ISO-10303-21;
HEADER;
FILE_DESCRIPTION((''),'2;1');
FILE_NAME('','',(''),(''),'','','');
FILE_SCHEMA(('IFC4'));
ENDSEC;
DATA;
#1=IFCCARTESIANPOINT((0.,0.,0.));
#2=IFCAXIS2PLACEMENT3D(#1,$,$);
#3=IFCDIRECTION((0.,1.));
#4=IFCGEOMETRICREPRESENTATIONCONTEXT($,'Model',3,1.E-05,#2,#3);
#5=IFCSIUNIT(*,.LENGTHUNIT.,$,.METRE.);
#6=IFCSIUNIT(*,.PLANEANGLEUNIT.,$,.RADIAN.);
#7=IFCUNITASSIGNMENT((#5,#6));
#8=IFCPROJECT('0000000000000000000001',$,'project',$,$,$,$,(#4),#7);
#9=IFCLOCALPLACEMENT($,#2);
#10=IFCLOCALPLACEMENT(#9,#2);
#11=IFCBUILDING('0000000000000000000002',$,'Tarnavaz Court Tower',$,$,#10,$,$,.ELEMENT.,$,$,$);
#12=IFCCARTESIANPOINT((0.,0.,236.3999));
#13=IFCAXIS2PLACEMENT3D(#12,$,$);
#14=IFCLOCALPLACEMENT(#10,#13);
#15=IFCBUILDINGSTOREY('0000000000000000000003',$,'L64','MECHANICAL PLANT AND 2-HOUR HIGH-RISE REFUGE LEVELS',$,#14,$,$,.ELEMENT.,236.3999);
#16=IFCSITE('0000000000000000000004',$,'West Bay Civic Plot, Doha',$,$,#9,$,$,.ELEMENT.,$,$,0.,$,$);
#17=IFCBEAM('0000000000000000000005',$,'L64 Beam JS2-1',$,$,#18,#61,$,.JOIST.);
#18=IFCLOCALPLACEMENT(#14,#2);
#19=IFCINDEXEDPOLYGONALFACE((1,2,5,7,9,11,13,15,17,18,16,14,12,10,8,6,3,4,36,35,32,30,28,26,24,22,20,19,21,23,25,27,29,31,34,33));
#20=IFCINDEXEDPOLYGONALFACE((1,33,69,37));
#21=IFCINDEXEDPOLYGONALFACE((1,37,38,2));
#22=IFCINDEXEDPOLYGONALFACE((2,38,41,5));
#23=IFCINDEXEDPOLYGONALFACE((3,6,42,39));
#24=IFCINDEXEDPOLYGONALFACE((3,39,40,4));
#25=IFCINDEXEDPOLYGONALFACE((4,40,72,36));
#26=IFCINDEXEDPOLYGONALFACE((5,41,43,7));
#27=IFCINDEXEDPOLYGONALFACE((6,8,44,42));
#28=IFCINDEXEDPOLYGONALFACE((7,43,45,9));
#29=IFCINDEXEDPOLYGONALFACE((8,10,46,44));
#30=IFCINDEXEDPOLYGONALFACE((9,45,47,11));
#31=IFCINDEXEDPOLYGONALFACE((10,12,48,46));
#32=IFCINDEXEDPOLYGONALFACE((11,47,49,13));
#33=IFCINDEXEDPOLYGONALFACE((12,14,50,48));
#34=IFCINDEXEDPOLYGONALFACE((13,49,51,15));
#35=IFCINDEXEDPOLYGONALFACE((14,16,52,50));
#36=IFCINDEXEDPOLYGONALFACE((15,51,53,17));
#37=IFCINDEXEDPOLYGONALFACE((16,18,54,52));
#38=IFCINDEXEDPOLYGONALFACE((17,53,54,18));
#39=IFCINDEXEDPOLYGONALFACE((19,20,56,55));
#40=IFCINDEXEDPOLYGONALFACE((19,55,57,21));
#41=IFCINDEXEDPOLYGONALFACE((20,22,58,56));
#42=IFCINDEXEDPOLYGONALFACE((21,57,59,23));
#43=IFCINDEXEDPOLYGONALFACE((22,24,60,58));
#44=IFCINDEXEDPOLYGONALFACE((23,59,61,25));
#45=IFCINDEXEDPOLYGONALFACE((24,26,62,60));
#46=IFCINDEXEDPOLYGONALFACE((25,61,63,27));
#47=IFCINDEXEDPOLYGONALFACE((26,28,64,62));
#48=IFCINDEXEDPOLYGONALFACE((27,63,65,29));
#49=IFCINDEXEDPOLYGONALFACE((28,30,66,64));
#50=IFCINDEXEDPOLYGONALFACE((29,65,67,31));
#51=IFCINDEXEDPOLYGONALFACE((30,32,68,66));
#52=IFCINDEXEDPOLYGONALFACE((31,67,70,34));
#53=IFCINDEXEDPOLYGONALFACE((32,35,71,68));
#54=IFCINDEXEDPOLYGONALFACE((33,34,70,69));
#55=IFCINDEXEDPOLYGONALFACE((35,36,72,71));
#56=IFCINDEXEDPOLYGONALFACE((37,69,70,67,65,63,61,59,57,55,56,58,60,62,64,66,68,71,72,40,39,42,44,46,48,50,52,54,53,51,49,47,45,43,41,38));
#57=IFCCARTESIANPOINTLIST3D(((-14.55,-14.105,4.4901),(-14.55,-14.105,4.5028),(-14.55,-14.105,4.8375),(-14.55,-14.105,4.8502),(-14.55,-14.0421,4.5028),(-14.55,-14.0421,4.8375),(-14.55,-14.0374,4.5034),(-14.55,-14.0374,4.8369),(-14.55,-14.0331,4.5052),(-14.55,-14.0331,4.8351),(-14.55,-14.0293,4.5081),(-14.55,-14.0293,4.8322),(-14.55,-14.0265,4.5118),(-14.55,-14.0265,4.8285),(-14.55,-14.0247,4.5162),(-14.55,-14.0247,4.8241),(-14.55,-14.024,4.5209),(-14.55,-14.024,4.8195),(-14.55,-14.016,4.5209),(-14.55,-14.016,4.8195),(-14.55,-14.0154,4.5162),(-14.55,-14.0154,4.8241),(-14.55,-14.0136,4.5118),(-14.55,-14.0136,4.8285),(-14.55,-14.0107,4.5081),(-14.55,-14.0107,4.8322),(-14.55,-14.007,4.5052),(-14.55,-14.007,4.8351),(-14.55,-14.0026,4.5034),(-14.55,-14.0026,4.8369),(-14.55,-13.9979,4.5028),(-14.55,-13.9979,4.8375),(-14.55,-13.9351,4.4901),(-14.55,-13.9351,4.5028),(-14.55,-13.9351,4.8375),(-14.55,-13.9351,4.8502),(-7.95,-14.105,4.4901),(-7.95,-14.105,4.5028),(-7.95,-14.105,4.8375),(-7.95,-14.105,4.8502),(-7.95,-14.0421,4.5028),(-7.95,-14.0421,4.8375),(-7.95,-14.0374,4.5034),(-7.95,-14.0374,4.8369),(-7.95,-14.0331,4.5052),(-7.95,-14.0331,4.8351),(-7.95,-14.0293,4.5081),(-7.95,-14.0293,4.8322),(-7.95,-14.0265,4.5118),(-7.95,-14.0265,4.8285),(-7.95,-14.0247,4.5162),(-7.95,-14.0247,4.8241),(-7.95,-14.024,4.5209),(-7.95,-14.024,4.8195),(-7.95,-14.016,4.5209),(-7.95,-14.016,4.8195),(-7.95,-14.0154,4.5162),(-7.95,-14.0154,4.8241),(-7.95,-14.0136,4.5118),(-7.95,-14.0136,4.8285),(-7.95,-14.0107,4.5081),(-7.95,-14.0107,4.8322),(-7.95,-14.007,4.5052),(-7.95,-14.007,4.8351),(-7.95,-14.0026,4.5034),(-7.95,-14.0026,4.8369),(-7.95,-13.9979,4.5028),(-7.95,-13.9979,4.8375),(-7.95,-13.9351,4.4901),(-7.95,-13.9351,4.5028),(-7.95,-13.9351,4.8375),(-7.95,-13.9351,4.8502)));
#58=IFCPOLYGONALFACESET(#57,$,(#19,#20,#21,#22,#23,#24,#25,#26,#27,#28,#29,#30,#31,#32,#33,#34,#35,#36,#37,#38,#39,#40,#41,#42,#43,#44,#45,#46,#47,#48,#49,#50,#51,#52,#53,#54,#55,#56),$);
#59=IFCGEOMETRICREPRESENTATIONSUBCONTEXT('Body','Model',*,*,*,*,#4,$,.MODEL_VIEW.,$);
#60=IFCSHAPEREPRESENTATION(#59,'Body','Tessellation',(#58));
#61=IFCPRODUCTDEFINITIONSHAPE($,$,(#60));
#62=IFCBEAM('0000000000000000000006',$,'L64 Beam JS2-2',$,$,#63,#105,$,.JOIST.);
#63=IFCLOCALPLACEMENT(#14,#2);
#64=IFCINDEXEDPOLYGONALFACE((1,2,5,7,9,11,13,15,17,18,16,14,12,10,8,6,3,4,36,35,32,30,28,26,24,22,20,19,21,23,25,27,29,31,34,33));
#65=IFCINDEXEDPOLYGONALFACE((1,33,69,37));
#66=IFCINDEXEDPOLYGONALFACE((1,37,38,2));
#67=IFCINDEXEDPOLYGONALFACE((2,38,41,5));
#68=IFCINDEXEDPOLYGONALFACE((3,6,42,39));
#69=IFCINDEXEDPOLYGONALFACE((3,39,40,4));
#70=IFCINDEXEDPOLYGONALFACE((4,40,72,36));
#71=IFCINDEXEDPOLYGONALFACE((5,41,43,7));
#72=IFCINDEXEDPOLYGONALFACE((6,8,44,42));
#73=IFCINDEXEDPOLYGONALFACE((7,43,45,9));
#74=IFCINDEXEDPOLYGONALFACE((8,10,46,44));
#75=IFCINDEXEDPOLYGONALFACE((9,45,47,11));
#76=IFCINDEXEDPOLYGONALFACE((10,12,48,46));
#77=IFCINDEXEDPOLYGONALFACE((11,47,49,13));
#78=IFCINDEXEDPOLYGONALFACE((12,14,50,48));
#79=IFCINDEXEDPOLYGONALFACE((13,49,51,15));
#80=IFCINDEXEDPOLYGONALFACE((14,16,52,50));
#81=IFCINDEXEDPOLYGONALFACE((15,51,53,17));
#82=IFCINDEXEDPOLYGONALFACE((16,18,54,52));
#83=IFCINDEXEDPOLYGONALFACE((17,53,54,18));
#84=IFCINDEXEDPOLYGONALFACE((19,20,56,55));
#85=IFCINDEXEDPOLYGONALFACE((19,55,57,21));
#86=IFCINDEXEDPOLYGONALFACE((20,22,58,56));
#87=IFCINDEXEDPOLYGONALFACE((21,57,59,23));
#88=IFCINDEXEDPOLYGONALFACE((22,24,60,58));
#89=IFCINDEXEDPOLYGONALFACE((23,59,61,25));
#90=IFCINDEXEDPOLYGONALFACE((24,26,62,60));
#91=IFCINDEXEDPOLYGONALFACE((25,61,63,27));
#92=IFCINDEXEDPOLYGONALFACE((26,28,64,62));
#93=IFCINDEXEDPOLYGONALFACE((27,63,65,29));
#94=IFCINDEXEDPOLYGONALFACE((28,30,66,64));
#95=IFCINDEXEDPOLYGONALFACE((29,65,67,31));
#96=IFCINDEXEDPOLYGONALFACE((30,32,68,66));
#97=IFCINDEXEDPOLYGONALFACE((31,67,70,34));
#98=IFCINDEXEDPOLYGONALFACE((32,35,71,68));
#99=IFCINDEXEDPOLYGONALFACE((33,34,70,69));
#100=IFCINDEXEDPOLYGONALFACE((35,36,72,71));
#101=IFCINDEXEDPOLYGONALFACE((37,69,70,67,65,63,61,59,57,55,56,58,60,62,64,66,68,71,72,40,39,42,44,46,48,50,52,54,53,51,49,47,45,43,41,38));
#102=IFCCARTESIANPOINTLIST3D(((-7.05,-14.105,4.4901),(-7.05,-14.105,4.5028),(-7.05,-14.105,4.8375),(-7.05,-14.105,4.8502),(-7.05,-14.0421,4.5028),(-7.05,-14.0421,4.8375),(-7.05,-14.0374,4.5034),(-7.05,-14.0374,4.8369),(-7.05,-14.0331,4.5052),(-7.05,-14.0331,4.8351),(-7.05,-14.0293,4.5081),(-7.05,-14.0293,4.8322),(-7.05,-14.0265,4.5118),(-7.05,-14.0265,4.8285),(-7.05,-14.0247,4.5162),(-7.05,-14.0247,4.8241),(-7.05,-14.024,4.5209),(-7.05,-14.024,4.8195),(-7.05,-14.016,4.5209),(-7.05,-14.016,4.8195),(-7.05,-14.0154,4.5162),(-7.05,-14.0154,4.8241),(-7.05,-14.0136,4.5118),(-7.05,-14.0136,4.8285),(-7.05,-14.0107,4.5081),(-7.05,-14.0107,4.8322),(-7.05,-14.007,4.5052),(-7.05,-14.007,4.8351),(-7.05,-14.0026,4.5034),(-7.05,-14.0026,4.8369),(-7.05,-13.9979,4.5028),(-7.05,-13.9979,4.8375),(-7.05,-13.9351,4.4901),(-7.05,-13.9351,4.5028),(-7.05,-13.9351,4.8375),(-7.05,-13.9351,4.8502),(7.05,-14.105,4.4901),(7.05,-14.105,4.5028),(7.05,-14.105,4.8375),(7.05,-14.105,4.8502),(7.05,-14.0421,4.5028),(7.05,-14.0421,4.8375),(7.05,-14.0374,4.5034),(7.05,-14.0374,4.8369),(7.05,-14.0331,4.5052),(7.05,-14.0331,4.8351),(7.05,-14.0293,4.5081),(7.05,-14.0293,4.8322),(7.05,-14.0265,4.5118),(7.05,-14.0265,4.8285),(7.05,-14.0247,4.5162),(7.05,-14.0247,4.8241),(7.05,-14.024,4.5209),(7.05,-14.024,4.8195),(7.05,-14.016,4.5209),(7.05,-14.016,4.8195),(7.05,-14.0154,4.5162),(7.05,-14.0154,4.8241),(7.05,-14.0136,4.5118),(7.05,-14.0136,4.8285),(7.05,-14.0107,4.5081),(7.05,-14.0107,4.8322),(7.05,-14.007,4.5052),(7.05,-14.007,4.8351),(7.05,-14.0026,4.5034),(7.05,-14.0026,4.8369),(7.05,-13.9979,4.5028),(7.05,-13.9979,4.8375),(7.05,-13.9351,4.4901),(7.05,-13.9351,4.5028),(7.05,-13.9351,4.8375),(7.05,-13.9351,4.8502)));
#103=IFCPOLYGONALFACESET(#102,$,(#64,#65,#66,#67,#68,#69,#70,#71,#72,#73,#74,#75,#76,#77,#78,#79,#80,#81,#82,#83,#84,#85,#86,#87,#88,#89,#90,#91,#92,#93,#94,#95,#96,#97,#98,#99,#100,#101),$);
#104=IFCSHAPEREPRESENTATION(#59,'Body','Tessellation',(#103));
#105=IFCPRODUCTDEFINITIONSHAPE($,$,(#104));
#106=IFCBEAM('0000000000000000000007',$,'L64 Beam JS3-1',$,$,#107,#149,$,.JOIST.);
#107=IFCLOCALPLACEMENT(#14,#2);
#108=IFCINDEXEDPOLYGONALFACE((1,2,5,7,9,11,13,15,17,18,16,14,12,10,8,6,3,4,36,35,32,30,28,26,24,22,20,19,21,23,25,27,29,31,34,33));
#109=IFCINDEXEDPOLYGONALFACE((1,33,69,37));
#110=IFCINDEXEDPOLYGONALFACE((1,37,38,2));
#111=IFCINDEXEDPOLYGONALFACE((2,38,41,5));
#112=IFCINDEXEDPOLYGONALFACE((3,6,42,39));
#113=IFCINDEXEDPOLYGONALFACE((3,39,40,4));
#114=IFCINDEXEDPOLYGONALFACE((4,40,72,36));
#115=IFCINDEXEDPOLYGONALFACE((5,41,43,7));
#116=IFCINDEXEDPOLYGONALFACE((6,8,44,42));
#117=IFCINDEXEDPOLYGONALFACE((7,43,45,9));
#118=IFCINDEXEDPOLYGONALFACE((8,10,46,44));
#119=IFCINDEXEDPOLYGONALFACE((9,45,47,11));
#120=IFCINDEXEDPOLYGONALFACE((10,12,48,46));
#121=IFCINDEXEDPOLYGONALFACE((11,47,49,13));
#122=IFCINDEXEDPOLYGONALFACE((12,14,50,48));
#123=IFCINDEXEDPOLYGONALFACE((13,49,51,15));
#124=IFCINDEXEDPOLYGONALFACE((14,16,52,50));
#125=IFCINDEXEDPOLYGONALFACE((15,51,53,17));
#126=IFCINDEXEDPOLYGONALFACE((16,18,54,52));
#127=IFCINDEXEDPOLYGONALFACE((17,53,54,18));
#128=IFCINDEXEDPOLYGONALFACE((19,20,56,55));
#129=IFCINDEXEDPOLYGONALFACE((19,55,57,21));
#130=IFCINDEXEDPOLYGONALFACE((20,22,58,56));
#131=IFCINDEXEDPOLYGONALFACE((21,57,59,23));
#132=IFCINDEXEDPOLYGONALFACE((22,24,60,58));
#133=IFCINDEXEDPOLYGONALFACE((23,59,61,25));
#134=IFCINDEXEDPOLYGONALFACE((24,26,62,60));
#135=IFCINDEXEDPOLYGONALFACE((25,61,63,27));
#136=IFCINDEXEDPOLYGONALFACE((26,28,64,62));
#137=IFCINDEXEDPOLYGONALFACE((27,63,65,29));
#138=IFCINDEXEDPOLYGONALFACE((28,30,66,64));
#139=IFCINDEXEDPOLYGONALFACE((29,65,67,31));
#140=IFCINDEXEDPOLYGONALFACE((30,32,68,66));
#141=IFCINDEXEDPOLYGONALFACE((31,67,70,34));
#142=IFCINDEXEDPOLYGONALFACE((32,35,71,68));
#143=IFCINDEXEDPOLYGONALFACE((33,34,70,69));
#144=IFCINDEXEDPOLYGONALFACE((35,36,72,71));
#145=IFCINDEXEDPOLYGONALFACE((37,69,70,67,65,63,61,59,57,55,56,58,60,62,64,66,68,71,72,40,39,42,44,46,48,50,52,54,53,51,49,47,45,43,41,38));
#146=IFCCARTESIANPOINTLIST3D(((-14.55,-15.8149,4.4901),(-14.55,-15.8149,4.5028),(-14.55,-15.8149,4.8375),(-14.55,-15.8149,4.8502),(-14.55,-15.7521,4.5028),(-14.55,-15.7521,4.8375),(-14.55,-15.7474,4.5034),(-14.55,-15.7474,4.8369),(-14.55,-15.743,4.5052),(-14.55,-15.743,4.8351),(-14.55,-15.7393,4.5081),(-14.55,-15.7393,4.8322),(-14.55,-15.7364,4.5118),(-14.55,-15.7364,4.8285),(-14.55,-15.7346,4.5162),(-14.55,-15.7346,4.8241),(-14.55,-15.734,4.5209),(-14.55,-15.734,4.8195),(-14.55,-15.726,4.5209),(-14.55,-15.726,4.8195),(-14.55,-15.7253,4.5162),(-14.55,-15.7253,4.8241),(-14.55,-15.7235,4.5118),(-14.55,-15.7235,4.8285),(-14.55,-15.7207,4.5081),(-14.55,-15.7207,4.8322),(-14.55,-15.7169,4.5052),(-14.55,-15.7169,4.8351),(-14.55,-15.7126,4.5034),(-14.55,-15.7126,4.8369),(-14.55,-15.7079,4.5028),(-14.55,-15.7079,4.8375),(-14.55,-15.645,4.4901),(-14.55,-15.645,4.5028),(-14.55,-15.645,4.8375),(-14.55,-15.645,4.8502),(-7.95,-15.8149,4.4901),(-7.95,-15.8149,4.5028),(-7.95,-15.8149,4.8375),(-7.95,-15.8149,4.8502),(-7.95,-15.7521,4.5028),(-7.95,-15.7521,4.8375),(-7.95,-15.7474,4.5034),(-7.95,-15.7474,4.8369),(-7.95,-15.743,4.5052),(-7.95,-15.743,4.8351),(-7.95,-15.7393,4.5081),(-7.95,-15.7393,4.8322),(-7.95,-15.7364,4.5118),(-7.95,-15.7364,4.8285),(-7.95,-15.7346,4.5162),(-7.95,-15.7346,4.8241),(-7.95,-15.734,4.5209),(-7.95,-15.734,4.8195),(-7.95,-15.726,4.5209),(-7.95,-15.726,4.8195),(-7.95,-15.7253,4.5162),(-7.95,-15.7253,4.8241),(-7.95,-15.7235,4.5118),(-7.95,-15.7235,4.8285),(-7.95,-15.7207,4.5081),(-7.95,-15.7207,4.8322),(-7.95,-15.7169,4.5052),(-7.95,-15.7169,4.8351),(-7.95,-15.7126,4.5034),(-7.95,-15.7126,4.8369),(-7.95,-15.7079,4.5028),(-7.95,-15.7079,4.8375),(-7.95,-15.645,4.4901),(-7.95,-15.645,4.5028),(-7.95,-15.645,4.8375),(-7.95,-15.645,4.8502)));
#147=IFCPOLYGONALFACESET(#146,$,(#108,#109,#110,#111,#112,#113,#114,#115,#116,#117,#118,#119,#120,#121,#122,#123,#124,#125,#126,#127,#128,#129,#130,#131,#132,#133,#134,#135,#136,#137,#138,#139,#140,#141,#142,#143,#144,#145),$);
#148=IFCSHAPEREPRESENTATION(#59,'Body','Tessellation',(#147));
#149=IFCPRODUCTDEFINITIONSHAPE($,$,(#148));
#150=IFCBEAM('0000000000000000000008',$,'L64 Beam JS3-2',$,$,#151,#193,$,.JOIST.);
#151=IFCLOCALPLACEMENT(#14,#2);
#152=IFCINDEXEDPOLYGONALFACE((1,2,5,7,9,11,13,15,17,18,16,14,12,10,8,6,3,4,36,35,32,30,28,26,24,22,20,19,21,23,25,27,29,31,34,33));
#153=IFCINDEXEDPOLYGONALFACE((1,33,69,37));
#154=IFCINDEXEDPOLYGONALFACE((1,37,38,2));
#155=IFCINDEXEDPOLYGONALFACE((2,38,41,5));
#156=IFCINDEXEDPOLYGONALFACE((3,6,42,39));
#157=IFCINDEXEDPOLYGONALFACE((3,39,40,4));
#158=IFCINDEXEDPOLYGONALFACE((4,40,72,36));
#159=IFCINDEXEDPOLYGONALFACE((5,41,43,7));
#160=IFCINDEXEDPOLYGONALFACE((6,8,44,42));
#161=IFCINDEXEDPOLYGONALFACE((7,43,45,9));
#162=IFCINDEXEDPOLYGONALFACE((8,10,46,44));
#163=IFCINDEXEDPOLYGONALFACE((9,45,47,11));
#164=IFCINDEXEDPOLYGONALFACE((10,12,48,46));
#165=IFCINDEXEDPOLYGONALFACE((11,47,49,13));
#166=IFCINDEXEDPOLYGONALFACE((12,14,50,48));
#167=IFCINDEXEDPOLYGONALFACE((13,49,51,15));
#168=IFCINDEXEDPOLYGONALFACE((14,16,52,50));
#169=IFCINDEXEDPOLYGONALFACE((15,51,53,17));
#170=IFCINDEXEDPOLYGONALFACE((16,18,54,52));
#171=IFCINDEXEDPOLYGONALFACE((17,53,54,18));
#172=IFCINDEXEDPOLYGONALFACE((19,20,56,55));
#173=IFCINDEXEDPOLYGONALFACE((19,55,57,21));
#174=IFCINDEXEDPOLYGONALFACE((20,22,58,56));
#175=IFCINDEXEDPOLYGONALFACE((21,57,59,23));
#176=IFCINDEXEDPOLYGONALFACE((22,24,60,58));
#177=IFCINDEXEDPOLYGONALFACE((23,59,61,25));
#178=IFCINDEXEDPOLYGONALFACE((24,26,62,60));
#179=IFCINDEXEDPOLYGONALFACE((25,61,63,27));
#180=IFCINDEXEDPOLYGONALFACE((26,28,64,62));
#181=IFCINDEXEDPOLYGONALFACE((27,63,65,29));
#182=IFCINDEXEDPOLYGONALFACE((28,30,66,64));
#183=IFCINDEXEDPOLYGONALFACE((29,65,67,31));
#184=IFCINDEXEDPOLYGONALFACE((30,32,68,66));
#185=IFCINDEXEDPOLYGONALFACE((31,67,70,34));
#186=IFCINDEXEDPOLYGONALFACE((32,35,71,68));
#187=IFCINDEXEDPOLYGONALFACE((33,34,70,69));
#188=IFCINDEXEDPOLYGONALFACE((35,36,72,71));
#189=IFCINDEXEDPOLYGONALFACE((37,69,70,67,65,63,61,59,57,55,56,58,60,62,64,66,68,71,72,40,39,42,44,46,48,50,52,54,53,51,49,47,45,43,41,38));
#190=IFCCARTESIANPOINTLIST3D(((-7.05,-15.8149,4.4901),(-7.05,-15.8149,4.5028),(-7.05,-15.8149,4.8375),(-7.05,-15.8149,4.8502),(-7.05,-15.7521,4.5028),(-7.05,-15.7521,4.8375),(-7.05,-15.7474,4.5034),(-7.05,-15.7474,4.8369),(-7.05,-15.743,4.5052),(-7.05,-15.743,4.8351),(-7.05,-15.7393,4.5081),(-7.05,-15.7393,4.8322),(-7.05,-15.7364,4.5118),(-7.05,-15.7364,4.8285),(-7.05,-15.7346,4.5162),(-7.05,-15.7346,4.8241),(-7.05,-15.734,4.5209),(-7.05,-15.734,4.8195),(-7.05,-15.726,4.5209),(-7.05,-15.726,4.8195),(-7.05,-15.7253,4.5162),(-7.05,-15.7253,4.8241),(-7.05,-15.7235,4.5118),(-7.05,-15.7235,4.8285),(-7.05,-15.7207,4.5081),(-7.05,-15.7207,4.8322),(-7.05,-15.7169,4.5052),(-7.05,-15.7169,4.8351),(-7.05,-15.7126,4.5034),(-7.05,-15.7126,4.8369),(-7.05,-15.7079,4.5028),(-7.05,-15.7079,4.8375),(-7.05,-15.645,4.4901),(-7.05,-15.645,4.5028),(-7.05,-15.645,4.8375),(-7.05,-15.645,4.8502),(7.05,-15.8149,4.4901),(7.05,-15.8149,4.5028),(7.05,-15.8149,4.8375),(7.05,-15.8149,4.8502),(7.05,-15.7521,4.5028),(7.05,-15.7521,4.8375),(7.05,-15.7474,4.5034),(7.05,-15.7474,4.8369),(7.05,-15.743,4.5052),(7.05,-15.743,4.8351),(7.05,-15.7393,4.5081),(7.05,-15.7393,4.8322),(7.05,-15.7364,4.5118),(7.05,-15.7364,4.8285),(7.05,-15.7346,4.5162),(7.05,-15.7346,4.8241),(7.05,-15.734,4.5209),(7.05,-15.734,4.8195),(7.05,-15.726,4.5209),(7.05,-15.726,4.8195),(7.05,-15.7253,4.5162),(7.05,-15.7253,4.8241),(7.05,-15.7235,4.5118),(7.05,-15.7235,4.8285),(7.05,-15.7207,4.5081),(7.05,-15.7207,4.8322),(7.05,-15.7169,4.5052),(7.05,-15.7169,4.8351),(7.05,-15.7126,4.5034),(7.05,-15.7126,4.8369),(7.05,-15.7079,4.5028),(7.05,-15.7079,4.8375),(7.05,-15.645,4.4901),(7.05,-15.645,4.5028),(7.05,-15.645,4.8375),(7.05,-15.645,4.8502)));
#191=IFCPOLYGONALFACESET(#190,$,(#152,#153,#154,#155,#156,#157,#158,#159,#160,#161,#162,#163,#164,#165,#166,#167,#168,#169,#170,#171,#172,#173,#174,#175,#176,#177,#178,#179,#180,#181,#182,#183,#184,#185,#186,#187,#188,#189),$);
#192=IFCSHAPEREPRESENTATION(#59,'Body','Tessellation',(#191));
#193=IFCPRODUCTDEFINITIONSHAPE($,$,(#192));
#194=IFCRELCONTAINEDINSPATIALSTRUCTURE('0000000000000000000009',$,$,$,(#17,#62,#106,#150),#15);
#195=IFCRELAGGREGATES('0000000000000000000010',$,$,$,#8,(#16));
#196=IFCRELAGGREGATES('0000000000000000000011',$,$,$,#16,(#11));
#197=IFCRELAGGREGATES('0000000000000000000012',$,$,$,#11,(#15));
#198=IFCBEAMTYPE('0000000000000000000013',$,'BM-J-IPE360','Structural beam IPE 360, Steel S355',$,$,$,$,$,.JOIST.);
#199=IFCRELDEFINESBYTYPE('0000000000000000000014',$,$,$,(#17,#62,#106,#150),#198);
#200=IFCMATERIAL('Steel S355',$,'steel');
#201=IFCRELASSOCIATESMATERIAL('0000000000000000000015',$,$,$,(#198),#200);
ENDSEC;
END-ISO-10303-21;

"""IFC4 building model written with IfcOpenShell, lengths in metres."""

from ifc_helpers import new_model, si_unit, direction, frame, origin, origin_2d, place, context, subcontext, project, spatial, i_section, extrude, material, material_profile, profile_set, type_object, element, save


model = new_model("IFC4")

# Units and contexts
model_context = context("Model", 3, precision=1e-05, world=origin(), true_north=direction((0.0, 1.0)))
body_context = subcontext(model_context, "Body", "Model", "MODEL_VIEW")
ifc_project = project(units=[si_unit("LENGTHUNIT", "METRE"), si_unit("PLANEANGLEUNIT", "RADIAN")], contexts=[model_context])

# Site, building, storey
site_placement = place(None, origin())
site = spatial("IfcSite", under=ifc_project, at=site_placement, Name="West Bay Civic Plot, Doha", CompositionType="ELEMENT", RefElevation=0.0)
building_placement = place(site_placement, origin())
building = spatial("IfcBuilding", under=site, at=building_placement, Name="Tarnavaz Court Tower", CompositionType="ELEMENT")
storey_placement = place(building_placement, frame((0.0, 0.0, 236.3999)))
storey = spatial("IfcBuildingStorey", under=building, at=storey_placement, Name="L64", Description="MECHANICAL PLANT AND 2-HOUR HIGH-RISE REFUGE LEVELS", CompositionType="ELEMENT", Elevation=236.3999)

# Beams
ifc_material_1 = material(Name="Steel S355", Category="steel")
ifc_material_profile_1 = material_profile(ifc_material_1, i_section(OverallWidth=0.1699, OverallDepth=0.3601, WebThickness=0.0081, FlangeThickness=0.0127, FilletRadius=0.0181, at=origin_2d()), Name="IPE 360")
ifc_profile_set_1 = profile_set([ifc_material_profile_1], Name="Steel S355")
beam_type_1 = type_object("IfcBeamType", Name="BM-J-IPE360", Description="Structural beam IPE 360, Steel S355", PredefinedType="JOIST", material=ifc_profile_set_1)
beam_1_placement = place(storey_placement, frame((-14.55, -14.02, 4.6702), z_axis=(1.0, 0.0, 0.0), x_axis=(0.0, 1.0, 0.0)))
element("IfcBeam", 1, at=beam_1_placement, inside=storey, type_object=beam_type_1, Name="L64 Beam JS2-1", PredefinedType="JOIST", context=body_context, shape_type="SweptSolid", body=[
    extrude(i_section(OverallWidth=0.1699, OverallDepth=0.3601, WebThickness=0.0081, FlangeThickness=0.0127, FilletRadius=0.0181, at=origin_2d()), origin(), (0.0, 0.0, 1.0), 6.6001),
])
beam_2_placement = place(storey_placement, frame((-7.05, -14.02, 4.6702), z_axis=(1.0, 0.0, 0.0), x_axis=(0.0, 1.0, 0.0)))
element("IfcBeam", 2, at=beam_2_placement, inside=storey, type_object=beam_type_1, Name="L64 Beam JS2-2", PredefinedType="JOIST", context=body_context, shape_type="SweptSolid", body=[
    extrude(i_section(OverallWidth=0.1699, OverallDepth=0.3601, WebThickness=0.0081, FlangeThickness=0.0127, FilletRadius=0.0181, at=origin_2d()), origin(), (0.0, 0.0, 1.0), 14.1001),
])
beam_3_placement = place(storey_placement, frame((-14.55, -15.73, 4.6702), z_axis=(1.0, 0.0, 0.0), x_axis=(0.0, 1.0, 0.0)))
element("IfcBeam", 3, at=beam_3_placement, inside=storey, type_object=beam_type_1, Name="L64 Beam JS3-1", PredefinedType="JOIST", context=body_context, shape_type="SweptSolid", body=[
    extrude(i_section(OverallWidth=0.1699, OverallDepth=0.3601, WebThickness=0.0081, FlangeThickness=0.0127, FilletRadius=0.0181, at=origin_2d()), origin(), (0.0, 0.0, 1.0), 6.6001),
])
for number, where, z_axis, x_axis, name in (
    (4, (-7.05, -15.73, 4.6702), (1.0, 0.0, 0.0), (0.0, 1.0, 0.0), "L64 Beam JS3-2"),
):
    element("IfcBeam", number, at=place(storey_placement, frame(where, z_axis=z_axis, x_axis=x_axis)), inside=storey, type_object=beam_type_1, Name=name, PredefinedType="JOIST", context=body_context, shape_type="SweptSolid", body=[
        extrude(i_section(OverallWidth=0.1699, OverallDepth=0.3601, WebThickness=0.0081, FlangeThickness=0.0127, FilletRadius=0.0181, at=origin_2d()), origin(), (0.0, 0.0, 1.0), 14.1001),
    ])

save(model, "model.ifc")
